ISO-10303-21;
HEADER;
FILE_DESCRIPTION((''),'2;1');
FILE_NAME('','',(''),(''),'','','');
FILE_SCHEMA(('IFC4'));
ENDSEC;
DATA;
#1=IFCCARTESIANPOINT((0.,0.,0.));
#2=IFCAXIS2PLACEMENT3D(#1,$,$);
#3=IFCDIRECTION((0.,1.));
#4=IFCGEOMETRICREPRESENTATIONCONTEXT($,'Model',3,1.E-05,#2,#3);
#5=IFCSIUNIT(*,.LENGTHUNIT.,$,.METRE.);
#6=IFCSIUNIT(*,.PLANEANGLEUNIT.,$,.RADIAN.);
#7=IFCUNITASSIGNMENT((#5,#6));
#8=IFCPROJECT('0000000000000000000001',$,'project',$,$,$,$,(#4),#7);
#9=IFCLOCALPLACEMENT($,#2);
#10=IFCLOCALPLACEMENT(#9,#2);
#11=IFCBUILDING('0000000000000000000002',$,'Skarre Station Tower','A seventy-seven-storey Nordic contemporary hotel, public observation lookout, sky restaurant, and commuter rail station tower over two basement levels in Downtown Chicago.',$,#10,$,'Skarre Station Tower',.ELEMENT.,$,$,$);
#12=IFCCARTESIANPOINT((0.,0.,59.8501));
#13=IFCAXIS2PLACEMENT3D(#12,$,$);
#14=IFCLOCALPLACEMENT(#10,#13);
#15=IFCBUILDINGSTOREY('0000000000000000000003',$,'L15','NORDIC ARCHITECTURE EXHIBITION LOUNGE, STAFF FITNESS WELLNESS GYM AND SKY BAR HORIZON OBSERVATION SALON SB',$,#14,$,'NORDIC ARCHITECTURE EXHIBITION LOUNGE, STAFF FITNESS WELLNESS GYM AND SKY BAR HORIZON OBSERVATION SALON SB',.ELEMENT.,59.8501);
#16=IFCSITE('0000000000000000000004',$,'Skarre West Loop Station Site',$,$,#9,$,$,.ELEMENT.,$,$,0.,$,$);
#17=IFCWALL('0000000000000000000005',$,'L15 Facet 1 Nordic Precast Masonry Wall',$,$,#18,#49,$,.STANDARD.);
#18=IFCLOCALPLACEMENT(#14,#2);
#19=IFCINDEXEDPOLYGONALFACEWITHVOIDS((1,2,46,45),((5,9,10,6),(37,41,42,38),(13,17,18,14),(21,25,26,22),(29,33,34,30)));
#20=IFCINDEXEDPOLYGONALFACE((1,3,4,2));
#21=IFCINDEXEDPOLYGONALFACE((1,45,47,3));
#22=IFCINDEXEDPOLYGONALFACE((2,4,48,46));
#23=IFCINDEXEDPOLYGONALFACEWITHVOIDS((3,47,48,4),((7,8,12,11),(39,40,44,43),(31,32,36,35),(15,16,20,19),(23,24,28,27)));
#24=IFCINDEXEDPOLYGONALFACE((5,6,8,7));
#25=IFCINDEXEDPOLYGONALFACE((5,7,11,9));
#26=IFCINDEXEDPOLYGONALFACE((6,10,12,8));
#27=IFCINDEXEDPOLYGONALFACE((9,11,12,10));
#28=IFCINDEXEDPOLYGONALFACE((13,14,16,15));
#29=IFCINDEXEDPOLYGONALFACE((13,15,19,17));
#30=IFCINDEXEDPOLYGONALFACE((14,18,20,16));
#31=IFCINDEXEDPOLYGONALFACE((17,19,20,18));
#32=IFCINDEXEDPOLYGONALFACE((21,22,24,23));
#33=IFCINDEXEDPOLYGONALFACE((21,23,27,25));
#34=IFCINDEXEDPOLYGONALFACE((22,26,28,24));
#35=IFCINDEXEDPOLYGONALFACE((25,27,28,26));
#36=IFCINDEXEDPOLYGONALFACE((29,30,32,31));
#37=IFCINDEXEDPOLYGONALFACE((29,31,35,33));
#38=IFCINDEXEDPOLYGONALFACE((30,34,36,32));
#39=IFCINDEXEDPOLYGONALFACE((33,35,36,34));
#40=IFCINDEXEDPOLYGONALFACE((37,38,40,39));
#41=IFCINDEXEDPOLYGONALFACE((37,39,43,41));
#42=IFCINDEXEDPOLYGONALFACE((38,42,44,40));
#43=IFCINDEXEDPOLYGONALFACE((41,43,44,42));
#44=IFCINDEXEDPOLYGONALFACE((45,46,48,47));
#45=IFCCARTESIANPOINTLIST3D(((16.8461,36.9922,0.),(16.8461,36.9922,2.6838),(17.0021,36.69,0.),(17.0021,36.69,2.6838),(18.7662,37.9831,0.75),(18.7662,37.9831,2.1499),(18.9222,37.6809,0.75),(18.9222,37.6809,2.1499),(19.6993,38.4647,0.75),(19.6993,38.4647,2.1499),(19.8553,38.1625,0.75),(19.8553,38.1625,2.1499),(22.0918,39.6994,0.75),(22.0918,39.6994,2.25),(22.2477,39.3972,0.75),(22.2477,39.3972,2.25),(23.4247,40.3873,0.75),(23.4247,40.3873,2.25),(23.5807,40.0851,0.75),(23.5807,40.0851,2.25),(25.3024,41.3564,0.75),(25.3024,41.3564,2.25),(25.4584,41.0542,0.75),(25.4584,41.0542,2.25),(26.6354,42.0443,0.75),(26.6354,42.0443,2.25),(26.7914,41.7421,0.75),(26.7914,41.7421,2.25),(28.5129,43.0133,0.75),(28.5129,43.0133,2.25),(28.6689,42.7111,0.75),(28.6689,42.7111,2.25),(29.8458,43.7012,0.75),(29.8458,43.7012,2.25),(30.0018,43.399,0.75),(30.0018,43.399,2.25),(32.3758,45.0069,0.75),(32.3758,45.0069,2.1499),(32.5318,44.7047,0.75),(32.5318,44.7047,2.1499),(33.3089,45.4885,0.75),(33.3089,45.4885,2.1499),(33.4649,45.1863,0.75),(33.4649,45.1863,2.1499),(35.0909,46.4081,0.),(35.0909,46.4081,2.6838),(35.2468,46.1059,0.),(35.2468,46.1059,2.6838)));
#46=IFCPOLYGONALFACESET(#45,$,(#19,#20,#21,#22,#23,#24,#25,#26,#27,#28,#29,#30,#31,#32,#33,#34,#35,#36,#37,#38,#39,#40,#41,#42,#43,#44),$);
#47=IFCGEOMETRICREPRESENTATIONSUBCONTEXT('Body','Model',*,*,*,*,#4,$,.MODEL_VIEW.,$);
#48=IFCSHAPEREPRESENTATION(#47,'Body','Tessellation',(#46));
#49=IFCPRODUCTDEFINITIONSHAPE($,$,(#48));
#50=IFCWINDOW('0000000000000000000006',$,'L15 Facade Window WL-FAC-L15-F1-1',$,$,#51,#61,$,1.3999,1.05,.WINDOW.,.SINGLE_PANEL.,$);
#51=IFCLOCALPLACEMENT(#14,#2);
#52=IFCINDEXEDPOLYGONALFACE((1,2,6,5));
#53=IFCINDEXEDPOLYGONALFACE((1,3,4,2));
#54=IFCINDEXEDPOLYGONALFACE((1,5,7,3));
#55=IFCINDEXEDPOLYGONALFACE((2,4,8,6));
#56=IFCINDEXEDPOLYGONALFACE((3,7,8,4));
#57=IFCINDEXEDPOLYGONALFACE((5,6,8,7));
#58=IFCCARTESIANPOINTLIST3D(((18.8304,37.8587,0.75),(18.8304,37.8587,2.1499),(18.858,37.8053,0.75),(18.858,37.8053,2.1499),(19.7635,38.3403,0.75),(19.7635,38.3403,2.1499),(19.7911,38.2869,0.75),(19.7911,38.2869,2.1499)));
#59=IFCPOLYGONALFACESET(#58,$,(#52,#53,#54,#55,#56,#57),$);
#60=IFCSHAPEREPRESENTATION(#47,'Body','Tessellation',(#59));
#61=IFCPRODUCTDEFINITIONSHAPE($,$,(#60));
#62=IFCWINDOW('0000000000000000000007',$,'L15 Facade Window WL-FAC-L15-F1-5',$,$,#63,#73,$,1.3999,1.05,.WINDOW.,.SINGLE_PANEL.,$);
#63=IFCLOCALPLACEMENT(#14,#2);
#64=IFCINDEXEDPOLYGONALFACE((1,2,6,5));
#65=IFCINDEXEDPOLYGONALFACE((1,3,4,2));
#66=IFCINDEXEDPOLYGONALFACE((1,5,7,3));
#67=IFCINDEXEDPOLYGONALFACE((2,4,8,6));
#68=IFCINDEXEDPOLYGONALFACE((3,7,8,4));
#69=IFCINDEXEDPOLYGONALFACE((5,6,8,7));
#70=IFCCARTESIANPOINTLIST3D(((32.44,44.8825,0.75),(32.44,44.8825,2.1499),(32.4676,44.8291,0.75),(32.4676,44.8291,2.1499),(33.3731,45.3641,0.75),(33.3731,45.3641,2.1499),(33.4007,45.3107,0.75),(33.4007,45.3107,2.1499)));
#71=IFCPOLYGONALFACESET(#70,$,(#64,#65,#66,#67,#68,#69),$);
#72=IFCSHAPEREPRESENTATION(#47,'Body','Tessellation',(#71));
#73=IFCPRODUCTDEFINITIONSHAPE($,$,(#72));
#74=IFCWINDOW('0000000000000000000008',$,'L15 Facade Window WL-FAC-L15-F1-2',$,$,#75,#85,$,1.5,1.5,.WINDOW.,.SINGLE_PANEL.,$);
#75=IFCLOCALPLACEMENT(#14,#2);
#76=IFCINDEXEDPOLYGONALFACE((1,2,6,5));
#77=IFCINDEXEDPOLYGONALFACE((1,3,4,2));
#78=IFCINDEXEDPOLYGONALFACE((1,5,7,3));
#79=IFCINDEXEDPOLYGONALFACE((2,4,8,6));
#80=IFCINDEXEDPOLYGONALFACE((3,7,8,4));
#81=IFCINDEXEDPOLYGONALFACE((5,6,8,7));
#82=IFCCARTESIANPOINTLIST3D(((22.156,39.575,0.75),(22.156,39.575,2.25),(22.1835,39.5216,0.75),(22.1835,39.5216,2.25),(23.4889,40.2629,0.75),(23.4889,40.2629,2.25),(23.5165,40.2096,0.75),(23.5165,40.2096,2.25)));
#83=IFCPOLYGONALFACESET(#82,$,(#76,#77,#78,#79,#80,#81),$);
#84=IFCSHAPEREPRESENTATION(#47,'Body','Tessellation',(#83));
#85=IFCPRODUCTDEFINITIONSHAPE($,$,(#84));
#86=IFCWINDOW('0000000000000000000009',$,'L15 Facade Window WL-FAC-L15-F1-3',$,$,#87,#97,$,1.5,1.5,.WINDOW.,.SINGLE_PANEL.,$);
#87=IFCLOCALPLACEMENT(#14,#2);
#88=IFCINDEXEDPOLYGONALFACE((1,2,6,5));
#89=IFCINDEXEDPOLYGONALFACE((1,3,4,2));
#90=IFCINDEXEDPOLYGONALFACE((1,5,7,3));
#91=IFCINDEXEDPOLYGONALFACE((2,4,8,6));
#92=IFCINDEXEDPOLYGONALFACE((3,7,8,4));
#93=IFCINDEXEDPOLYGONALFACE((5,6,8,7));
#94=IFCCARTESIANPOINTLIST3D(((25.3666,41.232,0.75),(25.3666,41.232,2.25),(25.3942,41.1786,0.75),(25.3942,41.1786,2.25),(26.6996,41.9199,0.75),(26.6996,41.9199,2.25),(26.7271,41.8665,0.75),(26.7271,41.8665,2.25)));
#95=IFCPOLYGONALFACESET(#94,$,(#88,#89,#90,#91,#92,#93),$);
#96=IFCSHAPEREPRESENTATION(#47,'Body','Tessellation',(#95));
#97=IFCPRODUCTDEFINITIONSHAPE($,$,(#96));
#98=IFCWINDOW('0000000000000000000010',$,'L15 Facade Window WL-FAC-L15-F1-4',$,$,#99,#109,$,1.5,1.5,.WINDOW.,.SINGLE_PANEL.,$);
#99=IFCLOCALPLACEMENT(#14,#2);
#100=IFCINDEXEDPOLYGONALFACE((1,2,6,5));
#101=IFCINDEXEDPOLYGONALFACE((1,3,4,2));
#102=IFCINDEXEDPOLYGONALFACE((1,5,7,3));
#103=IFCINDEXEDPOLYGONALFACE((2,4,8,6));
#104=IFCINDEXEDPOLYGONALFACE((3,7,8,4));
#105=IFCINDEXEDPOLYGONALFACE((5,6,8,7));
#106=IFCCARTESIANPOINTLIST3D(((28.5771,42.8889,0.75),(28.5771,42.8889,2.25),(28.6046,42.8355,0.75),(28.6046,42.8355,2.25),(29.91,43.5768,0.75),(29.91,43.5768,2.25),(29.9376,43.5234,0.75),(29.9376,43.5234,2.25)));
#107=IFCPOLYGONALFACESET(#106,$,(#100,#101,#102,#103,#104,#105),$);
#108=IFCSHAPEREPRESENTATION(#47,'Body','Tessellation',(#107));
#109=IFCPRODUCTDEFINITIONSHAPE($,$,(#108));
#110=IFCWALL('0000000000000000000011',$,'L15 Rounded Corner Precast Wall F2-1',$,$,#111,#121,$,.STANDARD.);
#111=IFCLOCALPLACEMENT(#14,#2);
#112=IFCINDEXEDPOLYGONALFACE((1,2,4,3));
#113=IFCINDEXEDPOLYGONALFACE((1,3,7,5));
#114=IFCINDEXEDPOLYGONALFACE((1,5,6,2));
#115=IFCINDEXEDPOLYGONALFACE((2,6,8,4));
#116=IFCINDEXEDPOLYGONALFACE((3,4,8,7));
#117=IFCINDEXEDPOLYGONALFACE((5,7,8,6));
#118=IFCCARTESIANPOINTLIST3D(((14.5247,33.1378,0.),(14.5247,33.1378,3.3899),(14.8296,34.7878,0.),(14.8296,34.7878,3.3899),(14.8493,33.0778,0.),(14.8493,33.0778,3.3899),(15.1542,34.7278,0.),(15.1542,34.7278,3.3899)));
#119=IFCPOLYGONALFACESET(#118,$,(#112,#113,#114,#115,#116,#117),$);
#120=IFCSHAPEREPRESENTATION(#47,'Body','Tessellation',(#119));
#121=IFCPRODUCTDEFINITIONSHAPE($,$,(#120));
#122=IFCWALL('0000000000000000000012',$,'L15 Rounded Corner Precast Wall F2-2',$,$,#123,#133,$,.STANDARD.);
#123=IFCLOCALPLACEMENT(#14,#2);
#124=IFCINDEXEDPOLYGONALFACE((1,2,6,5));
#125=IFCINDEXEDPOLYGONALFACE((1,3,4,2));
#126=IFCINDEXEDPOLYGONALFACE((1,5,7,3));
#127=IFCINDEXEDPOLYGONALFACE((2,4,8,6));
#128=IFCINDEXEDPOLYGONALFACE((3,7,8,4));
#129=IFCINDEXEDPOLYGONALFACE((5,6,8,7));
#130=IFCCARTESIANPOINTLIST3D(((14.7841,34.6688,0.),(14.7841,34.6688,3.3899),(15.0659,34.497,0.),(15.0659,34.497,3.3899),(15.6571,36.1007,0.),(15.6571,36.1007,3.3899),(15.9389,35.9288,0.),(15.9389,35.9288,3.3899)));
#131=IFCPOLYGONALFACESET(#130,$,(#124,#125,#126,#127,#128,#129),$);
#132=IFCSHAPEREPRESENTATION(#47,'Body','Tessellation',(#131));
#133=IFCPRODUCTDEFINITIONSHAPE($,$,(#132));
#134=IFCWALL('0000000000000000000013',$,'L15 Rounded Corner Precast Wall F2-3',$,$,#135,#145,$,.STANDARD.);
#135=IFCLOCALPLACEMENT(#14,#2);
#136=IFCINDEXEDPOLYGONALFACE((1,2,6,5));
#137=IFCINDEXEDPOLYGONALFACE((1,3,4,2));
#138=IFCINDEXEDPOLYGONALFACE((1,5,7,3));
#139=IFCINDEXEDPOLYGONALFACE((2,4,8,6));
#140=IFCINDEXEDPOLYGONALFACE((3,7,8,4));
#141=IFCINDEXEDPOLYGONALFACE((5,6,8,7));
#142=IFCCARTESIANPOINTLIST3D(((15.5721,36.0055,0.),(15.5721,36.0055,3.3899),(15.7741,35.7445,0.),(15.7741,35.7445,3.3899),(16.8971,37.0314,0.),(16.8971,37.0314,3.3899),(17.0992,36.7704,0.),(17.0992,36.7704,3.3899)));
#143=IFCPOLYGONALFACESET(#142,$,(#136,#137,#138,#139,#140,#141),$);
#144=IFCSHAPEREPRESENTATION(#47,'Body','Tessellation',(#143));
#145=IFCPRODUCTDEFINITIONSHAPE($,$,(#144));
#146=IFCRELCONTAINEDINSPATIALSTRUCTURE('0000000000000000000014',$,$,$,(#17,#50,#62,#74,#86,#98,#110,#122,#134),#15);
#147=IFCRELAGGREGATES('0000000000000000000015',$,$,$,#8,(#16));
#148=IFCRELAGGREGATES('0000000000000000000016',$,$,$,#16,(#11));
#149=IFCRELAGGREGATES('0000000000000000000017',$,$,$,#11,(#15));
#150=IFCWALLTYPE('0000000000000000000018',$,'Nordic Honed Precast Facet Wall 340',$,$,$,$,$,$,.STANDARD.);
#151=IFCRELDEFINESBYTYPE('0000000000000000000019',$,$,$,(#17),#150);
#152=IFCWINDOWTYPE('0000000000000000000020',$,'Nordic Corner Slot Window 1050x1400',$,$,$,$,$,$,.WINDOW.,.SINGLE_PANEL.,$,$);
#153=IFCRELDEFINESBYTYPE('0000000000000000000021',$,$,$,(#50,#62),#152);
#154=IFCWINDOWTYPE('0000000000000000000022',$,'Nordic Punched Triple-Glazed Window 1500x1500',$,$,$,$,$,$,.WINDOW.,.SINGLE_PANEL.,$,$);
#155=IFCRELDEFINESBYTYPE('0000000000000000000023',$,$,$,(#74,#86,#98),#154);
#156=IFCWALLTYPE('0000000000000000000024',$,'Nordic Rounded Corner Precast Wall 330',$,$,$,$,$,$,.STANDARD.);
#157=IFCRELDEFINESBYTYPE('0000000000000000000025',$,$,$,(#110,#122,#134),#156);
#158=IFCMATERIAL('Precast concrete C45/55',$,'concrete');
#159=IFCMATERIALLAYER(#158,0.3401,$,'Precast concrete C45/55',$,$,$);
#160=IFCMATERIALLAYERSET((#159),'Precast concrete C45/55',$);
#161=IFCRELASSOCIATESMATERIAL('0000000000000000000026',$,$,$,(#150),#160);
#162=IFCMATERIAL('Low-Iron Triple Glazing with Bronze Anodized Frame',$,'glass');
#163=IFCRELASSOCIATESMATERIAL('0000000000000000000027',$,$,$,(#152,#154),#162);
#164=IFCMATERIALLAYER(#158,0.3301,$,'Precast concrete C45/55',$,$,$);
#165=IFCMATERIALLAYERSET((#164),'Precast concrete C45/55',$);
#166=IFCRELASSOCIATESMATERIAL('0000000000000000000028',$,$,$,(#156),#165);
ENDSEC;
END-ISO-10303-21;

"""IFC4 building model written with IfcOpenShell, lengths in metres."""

from ifc_helpers import new_model, si_unit, direction, frame, frame_2d, origin, place, context, subcontext, project, spatial, rectangle, extrude, material, layer, layer_set, type_object, element, fill, save


model = new_model("IFC4")

# Units and contexts
model_context = context("Model", 3, precision=1e-05, world=origin(), true_north=direction((0.0, 1.0)))
body_context = subcontext(model_context, "Body", "Model", "MODEL_VIEW")
ifc_project = project(units=[si_unit("LENGTHUNIT", "METRE"), si_unit("PLANEANGLEUNIT", "RADIAN")], contexts=[model_context])

# Site, building, storey
site_placement = place(None, origin())
site = spatial("IfcSite", under=ifc_project, at=site_placement, Name="Skarre West Loop Station Site", CompositionType="ELEMENT", RefElevation=0.0)
building_placement = place(site_placement, origin())
building = spatial("IfcBuilding", under=site, at=building_placement, Name="Skarre Station Tower", Description="A seventy-seven-storey Nordic contemporary hotel, public observation lookout, sky restaurant, and commuter rail station tower over two basement levels in Downtown Chicago.", LongName="Skarre Station Tower", CompositionType="ELEMENT")
storey_placement = place(building_placement, frame((0.0, 0.0, 59.8501)))
storey = spatial("IfcBuildingStorey", under=building, at=storey_placement, Name="L15", Description="NORDIC ARCHITECTURE EXHIBITION LOUNGE, STAFF FITNESS WELLNESS GYM AND SKY BAR HORIZON OBSERVATION SALON SB", LongName="NORDIC ARCHITECTURE EXHIBITION LOUNGE, STAFF FITNESS WELLNESS GYM AND SKY BAR HORIZON OBSERVATION SALON SB", CompositionType="ELEMENT", Elevation=59.8501)

# Wall, openings, windows
ifc_material_1 = material(Name="Precast concrete C45/55", Category="concrete")
ifc_layer_1 = layer(ifc_material_1, 0.3401, Name="Precast concrete C45/55")
ifc_layer_set_1 = layer_set([ifc_layer_1], Name="Precast concrete C45/55")
wall_type_1 = type_object("IfcWallType", Name="Nordic Honed Precast Facet Wall 340", PredefinedType="STANDARD", material=ifc_layer_set_1)
wall_1_placement = place(storey_placement, frame((16.9241, 36.8411, 0.0), z_axis=(0.0, 0.0, 1.0), x_axis=(0.888634, 0.458616, 0.0)))
wall_1 = element("IfcWall", 1, at=wall_1_placement, inside=storey, type_object=wall_type_1, Name="L15 Facet 1 Nordic Precast Masonry Wall", PredefinedType="STANDARD", context=body_context, shape_type="SweptSolid", body=[
    extrude(rectangle(XDim=20.5312, YDim=0.3401, at=frame_2d((10.2656, 0.0))), origin(), (0.0, 0.0, 1.0), 2.6838),
])
opening_1_placement = place(wall_1_placement, frame((2.1609, 0.0, 0.75)))
opening_1 = element("IfcOpeningElement", 2, at=opening_1_placement, cuts=wall_1, PredefinedType="OPENING", context=body_context, shape_type="SweptSolid", body=[
    extrude(rectangle(XDim=1.05, YDim=1.3999, at=frame_2d((0.5249, 0.7))), frame((0.0, 0.1799, 0.0), z_axis=(0.0, -1.0, 0.0), x_axis=(1.0, 0.0, 0.0)), (0.0, 0.0, 1.0), 0.3601),
])
opening_2_placement = place(wall_1_placement, frame((5.9031, 0.0, 0.75)))
opening_2 = element("IfcOpeningElement", 3, at=opening_2_placement, cuts=wall_1, PredefinedType="OPENING", context=body_context, shape_type="SweptSolid", body=[
    extrude(rectangle(XDim=1.5, YDim=1.5, at=frame_2d((0.75, 0.75))), frame((0.0, 0.1799, 0.0), z_axis=(0.0, -1.0, 0.0), x_axis=(1.0, 0.0, 0.0)), (0.0, 0.0, 1.0), 0.3601),
])
opening_3_placement = place(wall_1_placement, frame((9.5161, 0.0, 0.75)))
opening_3 = element("IfcOpeningElement", 4, at=opening_3_placement, cuts=wall_1, PredefinedType="OPENING", context=body_context, shape_type="SweptSolid", body=[
    extrude(rectangle(XDim=1.5, YDim=1.5, at=frame_2d((0.75, 0.75))), frame((0.0, 0.1799, 0.0), z_axis=(0.0, -1.0, 0.0), x_axis=(1.0, 0.0, 0.0)), (0.0, 0.0, 1.0), 0.3601),
])
opening_4_placement = place(wall_1_placement, frame((13.1289, 0.0, 0.75)))
opening_4 = element("IfcOpeningElement", 5, at=opening_4_placement, cuts=wall_1, PredefinedType="OPENING", context=body_context, shape_type="SweptSolid", body=[
    extrude(rectangle(XDim=1.5, YDim=1.5, at=frame_2d((0.75, 0.75))), frame((0.0, 0.1799, 0.0), z_axis=(0.0, -1.0, 0.0), x_axis=(1.0, 0.0, 0.0)), (0.0, 0.0, 1.0), 0.3601),
])
opening_5_placement = place(wall_1_placement, frame((17.4761, 0.0, 0.75)))
opening_5 = element("IfcOpeningElement", 6, at=opening_5_placement, cuts=wall_1, PredefinedType="OPENING", context=body_context, shape_type="SweptSolid", body=[
    extrude(rectangle(XDim=1.05, YDim=1.3999, at=frame_2d((0.5249, 0.7))), frame((0.0, 0.1799, 0.0), z_axis=(0.0, -1.0, 0.0), x_axis=(1.0, 0.0, 0.0)), (0.0, 0.0, 1.0), 0.3601),
])
ifc_material_2 = material(Name="Low-Iron Triple Glazing with Bronze Anodized Frame", Category="glass")
window_type_1 = type_object("IfcWindowType", Name="Nordic Corner Slot Window 1050x1400", PartitioningType="SINGLE_PANEL", PredefinedType="WINDOW", material=ifc_material_2)
window_1_placement = place(opening_1_placement, origin())
window_1 = element("IfcWindow", 7, at=window_1_placement, inside=storey, type_object=window_type_1, Name="L15 Facade Window WL-FAC-L15-F1-1", OverallHeight=1.3999, OverallWidth=1.05, PartitioningType="SINGLE_PANEL", PredefinedType="WINDOW", context=body_context, shape_type="SweptSolid", body=[
    extrude(rectangle(XDim=1.05, YDim=1.3999, at=frame_2d((0.5249, 0.7))), frame((0.0, 0.03, 0.0), z_axis=(0.0, -1.0, 0.0), x_axis=(1.0, 0.0, 0.0)), (0.0, 0.0, 1.0), 0.0601),
])
fill(opening_1, window_1)
window_2_placement = place(opening_5_placement, origin())
window_2 = element("IfcWindow", 8, at=window_2_placement, inside=storey, type_object=window_type_1, Name="L15 Facade Window WL-FAC-L15-F1-5", OverallHeight=1.3999, OverallWidth=1.05, PartitioningType="SINGLE_PANEL", PredefinedType="WINDOW", context=body_context, shape_type="SweptSolid", body=[
    extrude(rectangle(XDim=1.05, YDim=1.3999, at=frame_2d((0.5249, 0.7))), frame((0.0, 0.03, 0.0), z_axis=(0.0, -1.0, 0.0), x_axis=(1.0, 0.0, 0.0)), (0.0, 0.0, 1.0), 0.0601),
])
fill(opening_5, window_2)
window_type_2 = type_object("IfcWindowType", Name="Nordic Punched Triple-Glazed Window 1500x1500", PartitioningType="SINGLE_PANEL", PredefinedType="WINDOW", material=ifc_material_2)
window_3_placement = place(opening_2_placement, origin())
window_3 = element("IfcWindow", 9, at=window_3_placement, inside=storey, type_object=window_type_2, Name="L15 Facade Window WL-FAC-L15-F1-2", OverallHeight=1.5, OverallWidth=1.5, PartitioningType="SINGLE_PANEL", PredefinedType="WINDOW", context=body_context, shape_type="SweptSolid", body=[
    extrude(rectangle(XDim=1.5, YDim=1.5, at=frame_2d((0.75, 0.75))), frame((0.0, 0.03, 0.0), z_axis=(0.0, -1.0, 0.0), x_axis=(1.0, 0.0, 0.0)), (0.0, 0.0, 1.0), 0.0601),
])
fill(opening_2, window_3)
window_4_placement = place(opening_3_placement, origin())
window_4 = element("IfcWindow", 10, at=window_4_placement, inside=storey, type_object=window_type_2, Name="L15 Facade Window WL-FAC-L15-F1-3", OverallHeight=1.5, OverallWidth=1.5, PartitioningType="SINGLE_PANEL", PredefinedType="WINDOW", context=body_context, shape_type="SweptSolid", body=[
    extrude(rectangle(XDim=1.5, YDim=1.5, at=frame_2d((0.75, 0.75))), frame((0.0, 0.03, 0.0), z_axis=(0.0, -1.0, 0.0), x_axis=(1.0, 0.0, 0.0)), (0.0, 0.0, 1.0), 0.0601),
])
fill(opening_3, window_4)
window_5_placement = place(opening_4_placement, origin())
window_5 = element("IfcWindow", 11, at=window_5_placement, inside=storey, type_object=window_type_2, Name="L15 Facade Window WL-FAC-L15-F1-4", OverallHeight=1.5, OverallWidth=1.5, PartitioningType="SINGLE_PANEL", PredefinedType="WINDOW", context=body_context, shape_type="SweptSolid", body=[
    extrude(rectangle(XDim=1.5, YDim=1.5, at=frame_2d((0.75, 0.75))), frame((0.0, 0.03, 0.0), z_axis=(0.0, -1.0, 0.0), x_axis=(1.0, 0.0, 0.0)), (0.0, 0.0, 1.0), 0.0601),
])
fill(opening_4, window_5)

# Walls
ifc_layer_2 = layer(ifc_material_1, 0.3301, Name="Precast concrete C45/55")
ifc_layer_set_2 = layer_set([ifc_layer_2], Name="Precast concrete C45/55")
wall_type_2 = type_object("IfcWallType", Name="Nordic Rounded Corner Precast Wall 330", PredefinedType="STANDARD", material=ifc_layer_set_2)
wall_2_placement = place(storey_placement, frame((14.687, 33.1079, 0.0), z_axis=(0.0, 0.0, 1.0), x_axis=(0.181714, 0.983351, 0.0)))
element("IfcWall", 12, at=wall_2_placement, inside=storey, type_object=wall_type_2, Name="L15 Rounded Corner Precast Wall F2-1", PredefinedType="STANDARD", context=body_context, shape_type="SweptSolid", body=[
    extrude(rectangle(XDim=1.678, YDim=0.3301, at=frame_2d((0.8389, 0.0))), origin(), (0.0, 0.0, 1.0), 3.3899),
])
wall_3_placement = place(storey_placement, frame((14.925, 34.583, 0.0), z_axis=(0.0, 0.0, 1.0), x_axis=(0.520584, 0.85381, 0.0)))
element("IfcWall", 13, at=wall_3_placement, inside=storey, type_object=wall_type_2, Name="L15 Rounded Corner Precast Wall F2-2", PredefinedType="STANDARD", context=body_context, shape_type="SweptSolid", body=[
    extrude(rectangle(XDim=1.677, YDim=0.3301, at=frame_2d((0.8384, 0.0))), origin(), (0.0, 0.0, 1.0), 3.3899),
])
wall_4_placement = place(storey_placement, frame((15.6731, 35.875, 0.0), z_axis=(0.0, 0.0, 1.0), x_axis=(0.790692, 0.612214, 0.0)))
element("IfcWall", 14, at=wall_4_placement, inside=storey, type_object=wall_type_2, Name="L15 Rounded Corner Precast Wall F2-3", PredefinedType="STANDARD", context=body_context, shape_type="SweptSolid", body=[
    extrude(rectangle(XDim=1.6758, YDim=0.3301, at=frame_2d((0.8379, 0.0))), origin(), (0.0, 0.0, 1.0), 3.3899),
])

save(model, "model.ifc")
